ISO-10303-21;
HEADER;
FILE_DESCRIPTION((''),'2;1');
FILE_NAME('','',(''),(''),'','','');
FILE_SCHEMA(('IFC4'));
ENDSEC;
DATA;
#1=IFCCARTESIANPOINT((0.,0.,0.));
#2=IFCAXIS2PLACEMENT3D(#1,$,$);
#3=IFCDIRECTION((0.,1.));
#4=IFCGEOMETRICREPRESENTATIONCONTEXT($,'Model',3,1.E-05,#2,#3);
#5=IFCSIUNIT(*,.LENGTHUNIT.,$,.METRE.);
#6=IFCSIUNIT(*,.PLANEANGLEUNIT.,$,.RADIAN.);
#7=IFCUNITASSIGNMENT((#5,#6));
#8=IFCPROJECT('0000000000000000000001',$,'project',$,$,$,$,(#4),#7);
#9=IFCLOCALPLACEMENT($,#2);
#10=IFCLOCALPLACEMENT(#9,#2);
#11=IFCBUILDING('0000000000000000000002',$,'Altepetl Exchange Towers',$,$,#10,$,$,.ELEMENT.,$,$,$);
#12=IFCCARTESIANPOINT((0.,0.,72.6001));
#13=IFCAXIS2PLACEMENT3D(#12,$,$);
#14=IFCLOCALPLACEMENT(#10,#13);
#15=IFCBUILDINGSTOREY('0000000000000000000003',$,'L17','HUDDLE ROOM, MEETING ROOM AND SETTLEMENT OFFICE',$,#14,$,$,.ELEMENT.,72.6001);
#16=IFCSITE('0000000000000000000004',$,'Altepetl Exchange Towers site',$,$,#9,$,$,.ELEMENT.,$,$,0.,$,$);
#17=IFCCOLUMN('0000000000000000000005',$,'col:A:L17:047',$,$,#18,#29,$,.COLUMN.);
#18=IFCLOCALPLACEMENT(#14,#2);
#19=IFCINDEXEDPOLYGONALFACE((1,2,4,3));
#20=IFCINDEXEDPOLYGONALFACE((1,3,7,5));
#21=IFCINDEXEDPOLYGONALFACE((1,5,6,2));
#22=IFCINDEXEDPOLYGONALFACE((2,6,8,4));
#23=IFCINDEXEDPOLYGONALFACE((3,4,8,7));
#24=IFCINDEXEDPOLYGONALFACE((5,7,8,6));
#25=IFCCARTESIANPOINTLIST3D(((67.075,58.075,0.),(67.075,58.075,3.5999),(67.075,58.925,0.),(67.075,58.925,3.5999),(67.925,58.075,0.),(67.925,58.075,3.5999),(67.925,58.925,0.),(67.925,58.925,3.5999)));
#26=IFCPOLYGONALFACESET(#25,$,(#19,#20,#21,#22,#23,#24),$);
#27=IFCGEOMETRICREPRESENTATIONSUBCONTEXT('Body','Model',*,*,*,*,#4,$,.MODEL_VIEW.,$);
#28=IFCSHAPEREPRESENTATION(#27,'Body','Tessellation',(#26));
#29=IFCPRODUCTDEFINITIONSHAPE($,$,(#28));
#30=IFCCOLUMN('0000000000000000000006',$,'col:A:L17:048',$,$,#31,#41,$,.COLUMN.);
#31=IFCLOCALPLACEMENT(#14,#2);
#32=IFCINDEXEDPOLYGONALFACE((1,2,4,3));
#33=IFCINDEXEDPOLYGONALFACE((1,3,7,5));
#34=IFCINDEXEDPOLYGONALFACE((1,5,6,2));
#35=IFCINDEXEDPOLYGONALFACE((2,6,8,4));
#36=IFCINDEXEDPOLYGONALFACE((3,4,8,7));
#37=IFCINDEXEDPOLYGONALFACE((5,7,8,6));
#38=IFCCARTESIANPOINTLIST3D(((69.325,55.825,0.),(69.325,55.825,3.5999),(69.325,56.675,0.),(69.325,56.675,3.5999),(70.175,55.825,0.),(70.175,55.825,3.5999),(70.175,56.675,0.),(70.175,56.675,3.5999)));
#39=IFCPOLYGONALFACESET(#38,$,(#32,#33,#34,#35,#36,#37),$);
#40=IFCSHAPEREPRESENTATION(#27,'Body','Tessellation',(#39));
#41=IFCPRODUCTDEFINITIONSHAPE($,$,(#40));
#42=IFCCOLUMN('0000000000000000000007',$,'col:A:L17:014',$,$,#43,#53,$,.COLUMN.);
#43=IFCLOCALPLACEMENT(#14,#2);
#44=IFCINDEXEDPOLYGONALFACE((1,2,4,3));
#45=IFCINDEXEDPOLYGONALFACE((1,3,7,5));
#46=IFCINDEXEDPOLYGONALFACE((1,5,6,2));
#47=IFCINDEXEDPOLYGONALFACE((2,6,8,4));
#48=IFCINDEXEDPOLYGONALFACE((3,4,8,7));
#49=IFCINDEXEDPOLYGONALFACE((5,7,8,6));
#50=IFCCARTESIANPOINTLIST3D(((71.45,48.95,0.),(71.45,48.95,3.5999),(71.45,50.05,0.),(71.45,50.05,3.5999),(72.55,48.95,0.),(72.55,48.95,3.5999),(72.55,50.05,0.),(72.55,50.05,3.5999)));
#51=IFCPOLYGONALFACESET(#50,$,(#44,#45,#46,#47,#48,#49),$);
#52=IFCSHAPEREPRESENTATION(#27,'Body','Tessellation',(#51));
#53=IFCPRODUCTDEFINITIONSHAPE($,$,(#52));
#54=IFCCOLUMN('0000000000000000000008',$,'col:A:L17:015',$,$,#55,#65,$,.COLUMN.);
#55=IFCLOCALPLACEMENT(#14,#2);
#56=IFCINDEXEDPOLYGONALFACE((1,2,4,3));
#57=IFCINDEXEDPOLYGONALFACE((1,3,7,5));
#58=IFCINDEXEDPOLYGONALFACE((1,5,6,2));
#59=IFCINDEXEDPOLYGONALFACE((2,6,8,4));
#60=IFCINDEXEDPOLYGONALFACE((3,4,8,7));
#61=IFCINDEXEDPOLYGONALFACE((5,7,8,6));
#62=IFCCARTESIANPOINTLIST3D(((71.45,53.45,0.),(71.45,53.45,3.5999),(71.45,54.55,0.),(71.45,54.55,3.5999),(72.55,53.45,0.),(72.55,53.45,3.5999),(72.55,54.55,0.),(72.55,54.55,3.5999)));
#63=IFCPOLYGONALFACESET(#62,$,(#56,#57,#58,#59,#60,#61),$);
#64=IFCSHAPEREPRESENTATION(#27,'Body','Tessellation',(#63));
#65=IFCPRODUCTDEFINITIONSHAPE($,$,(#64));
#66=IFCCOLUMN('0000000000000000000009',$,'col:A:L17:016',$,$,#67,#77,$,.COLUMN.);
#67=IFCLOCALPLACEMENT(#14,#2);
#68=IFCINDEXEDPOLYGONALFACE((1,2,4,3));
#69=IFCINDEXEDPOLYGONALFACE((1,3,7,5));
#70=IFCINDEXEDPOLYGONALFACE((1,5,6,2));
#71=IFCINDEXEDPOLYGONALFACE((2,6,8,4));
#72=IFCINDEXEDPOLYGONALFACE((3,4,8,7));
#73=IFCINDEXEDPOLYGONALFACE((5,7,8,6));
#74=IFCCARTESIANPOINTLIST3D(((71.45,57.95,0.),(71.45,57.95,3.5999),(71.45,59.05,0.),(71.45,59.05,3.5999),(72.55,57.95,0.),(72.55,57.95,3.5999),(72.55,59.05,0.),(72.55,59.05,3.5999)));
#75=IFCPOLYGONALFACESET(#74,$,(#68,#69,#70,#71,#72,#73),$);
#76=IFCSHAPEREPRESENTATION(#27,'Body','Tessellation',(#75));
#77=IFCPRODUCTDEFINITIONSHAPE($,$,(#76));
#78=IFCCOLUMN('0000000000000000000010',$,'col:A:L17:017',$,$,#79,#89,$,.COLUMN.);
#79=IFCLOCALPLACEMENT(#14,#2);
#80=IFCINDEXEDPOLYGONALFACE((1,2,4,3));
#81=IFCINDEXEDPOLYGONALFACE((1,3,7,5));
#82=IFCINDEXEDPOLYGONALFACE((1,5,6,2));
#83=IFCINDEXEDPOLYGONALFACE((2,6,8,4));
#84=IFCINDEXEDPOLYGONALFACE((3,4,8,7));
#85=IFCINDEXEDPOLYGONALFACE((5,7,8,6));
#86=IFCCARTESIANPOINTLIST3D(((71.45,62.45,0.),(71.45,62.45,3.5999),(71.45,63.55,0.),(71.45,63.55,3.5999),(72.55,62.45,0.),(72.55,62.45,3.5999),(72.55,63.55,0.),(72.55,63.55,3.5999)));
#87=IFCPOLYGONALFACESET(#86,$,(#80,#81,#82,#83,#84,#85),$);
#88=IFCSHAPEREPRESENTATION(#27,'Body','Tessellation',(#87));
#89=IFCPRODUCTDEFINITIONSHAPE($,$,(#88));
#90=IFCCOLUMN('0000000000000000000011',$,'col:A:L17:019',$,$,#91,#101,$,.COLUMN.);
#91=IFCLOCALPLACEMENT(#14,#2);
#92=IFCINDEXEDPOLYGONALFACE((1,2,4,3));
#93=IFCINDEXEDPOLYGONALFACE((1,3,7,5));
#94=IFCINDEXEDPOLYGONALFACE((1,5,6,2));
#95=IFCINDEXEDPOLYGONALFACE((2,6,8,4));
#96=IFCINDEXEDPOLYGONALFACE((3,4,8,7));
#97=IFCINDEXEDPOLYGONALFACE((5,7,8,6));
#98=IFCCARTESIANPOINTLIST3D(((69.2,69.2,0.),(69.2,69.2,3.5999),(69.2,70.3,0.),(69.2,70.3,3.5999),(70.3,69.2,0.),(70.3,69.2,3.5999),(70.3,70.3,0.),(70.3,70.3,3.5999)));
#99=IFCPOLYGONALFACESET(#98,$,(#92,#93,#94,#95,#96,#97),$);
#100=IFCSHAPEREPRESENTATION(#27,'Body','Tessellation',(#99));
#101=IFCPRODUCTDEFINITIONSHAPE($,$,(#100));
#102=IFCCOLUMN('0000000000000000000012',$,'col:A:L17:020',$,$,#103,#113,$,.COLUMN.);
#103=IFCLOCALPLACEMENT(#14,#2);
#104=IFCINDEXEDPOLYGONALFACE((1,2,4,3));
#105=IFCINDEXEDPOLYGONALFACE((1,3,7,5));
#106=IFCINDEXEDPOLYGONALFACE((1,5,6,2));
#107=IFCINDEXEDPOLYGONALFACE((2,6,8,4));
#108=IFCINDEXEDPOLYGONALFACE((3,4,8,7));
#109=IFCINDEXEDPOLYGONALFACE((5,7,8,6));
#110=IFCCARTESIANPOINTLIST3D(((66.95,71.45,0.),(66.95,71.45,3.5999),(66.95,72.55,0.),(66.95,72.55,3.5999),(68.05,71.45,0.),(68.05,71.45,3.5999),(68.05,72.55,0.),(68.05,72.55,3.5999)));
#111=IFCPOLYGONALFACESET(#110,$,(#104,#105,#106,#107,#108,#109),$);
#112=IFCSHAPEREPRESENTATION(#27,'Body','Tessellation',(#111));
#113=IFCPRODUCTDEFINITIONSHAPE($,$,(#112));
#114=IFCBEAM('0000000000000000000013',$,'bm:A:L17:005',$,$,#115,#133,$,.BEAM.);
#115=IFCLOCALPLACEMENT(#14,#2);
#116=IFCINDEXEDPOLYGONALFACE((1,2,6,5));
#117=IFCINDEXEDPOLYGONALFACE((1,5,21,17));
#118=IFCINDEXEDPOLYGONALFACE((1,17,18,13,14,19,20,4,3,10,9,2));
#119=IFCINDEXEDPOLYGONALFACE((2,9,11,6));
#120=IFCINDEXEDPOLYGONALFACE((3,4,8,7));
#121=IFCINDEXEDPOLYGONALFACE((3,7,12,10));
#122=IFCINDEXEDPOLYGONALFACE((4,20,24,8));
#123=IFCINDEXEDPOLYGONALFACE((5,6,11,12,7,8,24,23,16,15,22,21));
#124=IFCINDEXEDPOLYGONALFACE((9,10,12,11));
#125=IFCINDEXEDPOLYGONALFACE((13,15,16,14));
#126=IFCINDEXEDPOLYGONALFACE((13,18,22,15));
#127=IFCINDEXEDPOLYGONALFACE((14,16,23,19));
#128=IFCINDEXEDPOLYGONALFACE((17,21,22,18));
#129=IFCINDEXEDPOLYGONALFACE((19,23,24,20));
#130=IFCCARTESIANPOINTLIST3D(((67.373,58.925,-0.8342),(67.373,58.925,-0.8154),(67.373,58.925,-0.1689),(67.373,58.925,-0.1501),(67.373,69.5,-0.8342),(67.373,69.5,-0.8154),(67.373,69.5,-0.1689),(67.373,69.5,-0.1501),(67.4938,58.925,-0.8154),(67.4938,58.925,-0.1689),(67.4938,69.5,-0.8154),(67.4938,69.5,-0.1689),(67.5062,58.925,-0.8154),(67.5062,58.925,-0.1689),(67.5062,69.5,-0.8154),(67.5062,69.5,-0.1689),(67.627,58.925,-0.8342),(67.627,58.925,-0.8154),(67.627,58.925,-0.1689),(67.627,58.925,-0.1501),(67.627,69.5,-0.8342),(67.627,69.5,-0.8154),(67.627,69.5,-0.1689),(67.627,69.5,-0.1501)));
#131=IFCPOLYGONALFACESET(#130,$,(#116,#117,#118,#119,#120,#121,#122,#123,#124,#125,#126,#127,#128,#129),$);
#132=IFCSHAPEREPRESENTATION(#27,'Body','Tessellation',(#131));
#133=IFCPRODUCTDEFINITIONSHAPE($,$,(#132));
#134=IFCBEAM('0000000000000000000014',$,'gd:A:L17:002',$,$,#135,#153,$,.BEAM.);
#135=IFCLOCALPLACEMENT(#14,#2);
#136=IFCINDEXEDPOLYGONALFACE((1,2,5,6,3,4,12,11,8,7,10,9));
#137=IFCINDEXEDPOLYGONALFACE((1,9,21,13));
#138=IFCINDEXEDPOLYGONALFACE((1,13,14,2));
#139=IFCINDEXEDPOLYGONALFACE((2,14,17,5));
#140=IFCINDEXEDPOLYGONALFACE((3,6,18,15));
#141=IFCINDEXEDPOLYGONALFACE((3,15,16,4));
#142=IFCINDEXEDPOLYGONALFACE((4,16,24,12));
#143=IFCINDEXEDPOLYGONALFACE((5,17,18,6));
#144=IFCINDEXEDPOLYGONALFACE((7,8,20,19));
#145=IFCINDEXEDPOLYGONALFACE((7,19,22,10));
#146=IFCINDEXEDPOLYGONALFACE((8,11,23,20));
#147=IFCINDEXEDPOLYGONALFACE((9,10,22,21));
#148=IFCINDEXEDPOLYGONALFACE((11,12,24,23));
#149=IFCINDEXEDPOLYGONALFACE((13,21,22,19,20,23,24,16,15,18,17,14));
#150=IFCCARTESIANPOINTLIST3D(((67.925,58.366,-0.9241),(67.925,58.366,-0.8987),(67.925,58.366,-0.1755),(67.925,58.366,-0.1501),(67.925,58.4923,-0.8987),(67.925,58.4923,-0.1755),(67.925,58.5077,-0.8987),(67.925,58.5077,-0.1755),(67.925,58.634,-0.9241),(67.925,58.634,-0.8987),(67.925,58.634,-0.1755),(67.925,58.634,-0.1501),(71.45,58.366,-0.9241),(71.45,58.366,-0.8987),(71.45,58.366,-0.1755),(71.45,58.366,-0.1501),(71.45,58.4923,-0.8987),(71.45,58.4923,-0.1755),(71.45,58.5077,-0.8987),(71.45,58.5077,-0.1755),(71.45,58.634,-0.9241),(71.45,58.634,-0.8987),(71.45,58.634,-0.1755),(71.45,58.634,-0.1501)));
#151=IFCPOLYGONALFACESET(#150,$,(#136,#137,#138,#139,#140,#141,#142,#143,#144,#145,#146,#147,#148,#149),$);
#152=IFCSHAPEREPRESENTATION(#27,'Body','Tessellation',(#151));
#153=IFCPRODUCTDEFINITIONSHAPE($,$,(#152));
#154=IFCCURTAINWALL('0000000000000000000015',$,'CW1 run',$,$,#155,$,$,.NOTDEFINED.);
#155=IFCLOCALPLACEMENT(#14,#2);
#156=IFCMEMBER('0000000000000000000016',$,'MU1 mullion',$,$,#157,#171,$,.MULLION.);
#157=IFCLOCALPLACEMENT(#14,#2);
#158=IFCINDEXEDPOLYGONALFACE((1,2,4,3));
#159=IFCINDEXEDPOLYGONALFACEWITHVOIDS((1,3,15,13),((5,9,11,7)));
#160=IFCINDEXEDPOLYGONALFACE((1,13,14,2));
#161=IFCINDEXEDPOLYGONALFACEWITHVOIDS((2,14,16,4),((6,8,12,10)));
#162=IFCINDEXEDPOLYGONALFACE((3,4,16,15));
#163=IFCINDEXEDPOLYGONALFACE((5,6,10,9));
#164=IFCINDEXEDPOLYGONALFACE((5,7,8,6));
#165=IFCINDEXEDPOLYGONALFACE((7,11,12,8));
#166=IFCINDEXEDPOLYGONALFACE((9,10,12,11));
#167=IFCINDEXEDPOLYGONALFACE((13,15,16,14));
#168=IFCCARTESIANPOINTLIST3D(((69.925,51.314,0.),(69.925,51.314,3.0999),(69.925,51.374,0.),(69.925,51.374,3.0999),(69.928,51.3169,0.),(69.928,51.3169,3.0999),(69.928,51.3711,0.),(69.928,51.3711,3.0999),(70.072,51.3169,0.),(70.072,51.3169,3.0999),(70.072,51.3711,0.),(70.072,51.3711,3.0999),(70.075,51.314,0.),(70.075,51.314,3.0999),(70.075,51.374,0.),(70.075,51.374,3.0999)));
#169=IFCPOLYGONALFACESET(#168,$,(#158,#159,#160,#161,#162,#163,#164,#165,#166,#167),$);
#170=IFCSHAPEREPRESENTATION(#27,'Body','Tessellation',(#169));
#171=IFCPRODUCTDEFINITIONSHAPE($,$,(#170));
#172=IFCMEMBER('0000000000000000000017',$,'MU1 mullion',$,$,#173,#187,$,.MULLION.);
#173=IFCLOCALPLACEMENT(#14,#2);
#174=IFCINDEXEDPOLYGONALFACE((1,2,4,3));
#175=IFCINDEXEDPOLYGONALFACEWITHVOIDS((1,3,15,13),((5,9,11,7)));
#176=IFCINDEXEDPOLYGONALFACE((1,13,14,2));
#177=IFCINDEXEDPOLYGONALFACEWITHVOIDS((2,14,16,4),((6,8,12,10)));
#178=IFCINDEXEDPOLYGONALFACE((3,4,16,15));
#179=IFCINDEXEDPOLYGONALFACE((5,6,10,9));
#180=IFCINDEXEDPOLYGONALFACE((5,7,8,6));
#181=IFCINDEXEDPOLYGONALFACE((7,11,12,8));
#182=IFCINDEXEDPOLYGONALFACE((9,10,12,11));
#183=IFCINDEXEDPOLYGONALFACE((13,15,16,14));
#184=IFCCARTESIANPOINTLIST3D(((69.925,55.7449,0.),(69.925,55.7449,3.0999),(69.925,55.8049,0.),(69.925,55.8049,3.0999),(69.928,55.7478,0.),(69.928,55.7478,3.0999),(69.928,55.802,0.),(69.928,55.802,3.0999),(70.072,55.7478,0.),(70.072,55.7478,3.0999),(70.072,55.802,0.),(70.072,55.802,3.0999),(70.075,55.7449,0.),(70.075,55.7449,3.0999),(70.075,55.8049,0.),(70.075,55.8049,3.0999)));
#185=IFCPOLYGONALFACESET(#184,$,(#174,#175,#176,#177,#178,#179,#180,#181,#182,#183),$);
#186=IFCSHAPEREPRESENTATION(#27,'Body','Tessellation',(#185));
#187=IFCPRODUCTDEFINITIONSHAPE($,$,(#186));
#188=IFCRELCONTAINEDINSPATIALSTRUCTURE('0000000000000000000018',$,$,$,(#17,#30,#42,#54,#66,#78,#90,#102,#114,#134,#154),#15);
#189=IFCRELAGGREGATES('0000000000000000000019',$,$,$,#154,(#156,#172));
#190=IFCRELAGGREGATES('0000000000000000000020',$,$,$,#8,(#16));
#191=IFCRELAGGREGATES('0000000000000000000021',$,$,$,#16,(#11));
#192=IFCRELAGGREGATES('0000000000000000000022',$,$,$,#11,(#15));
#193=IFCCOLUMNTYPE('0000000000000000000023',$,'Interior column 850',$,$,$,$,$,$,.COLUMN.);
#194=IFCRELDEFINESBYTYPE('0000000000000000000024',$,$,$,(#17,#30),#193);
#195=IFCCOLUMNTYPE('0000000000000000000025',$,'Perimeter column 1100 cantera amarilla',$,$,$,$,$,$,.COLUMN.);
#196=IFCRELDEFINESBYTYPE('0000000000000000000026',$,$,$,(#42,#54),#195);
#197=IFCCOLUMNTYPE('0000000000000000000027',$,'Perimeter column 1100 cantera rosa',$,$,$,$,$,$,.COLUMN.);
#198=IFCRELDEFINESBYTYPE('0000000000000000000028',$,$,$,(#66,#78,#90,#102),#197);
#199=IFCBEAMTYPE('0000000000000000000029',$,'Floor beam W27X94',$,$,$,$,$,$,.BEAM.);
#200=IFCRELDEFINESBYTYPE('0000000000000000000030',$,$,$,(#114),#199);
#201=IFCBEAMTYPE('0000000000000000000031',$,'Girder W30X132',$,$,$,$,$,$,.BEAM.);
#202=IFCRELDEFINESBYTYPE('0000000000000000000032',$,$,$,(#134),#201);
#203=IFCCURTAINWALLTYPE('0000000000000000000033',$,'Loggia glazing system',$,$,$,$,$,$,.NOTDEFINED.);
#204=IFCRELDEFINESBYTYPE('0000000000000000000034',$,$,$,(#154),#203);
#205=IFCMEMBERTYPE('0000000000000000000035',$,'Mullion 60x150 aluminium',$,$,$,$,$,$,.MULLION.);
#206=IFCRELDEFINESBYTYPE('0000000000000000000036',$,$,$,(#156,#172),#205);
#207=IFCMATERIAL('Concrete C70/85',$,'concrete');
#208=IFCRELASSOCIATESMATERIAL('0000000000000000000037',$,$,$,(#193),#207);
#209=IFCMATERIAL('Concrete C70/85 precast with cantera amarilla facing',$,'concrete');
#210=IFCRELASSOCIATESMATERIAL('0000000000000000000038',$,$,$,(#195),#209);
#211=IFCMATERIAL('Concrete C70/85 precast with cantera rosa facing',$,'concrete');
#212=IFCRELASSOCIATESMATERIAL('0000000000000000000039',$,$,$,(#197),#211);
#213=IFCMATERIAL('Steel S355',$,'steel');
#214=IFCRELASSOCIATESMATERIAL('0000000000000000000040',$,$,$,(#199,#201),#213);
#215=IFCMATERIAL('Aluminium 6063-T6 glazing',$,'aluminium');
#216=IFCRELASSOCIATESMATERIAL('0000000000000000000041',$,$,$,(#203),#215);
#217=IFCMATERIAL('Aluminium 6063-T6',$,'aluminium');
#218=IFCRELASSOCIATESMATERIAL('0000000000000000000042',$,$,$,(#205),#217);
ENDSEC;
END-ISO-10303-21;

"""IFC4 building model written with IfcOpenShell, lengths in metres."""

from ifc_helpers import new_model, si_unit, direction, frame, origin, origin_2d, place, context, subcontext, project, spatial, rectangle, hollow_rectangle, i_section, extrude, material, material_profile, profile_set, type_object, element, aggregate, save


model = new_model("IFC4")

# Units and contexts
model_context = context("Model", 3, precision=1e-05, world=origin(), true_north=direction((0.0, 1.0)))
body_context = subcontext(model_context, "Body", "Model", "MODEL_VIEW")
ifc_project = project(units=[si_unit("LENGTHUNIT", "METRE"), si_unit("PLANEANGLEUNIT", "RADIAN")], contexts=[model_context])

# Site, building, storey
site_placement = place(None, origin())
site = spatial("IfcSite", under=ifc_project, at=site_placement, Name="Altepetl Exchange Towers site", CompositionType="ELEMENT", RefElevation=0.0)
building_placement = place(site_placement, origin())
building = spatial("IfcBuilding", under=site, at=building_placement, Name="Altepetl Exchange Towers", CompositionType="ELEMENT")
storey_placement = place(building_placement, frame((0.0, 0.0, 72.6001)))
storey = spatial("IfcBuildingStorey", under=building, at=storey_placement, Name="L17", Description="HUDDLE ROOM, MEETING ROOM AND SETTLEMENT OFFICE", CompositionType="ELEMENT", Elevation=72.6001)

# Columns
ifc_material_1 = material(Name="Concrete C70/85", Category="concrete")
ifc_material_profile_1 = material_profile(ifc_material_1, rectangle(XDim=0.8501, YDim=0.8501, at=origin_2d()), Name="850 x 850")
ifc_profile_set_1 = profile_set([ifc_material_profile_1], Name="Concrete C70/85")
column_type_1 = type_object("IfcColumnType", Name="Interior column 850", PredefinedType="COLUMN", material=ifc_profile_set_1)
for number, where, name in (
    (1, (67.5, 58.5, 0.0), "col:A:L17:047"),
    (2, (69.75, 56.25, 0.0), "col:A:L17:048"),
):
    element("IfcColumn", number, at=place(storey_placement, frame(where)), inside=storey, type_object=column_type_1, Name=name, PredefinedType="COLUMN", context=body_context, shape_type="SweptSolid", body=[
        extrude(rectangle(XDim=0.8501, YDim=0.8501, at=origin_2d()), origin(), (0.0, 0.0, 1.0), 3.5999),
    ])
ifc_material_2 = material(Name="Concrete C70/85 precast with cantera amarilla facing", Category="concrete")
ifc_material_profile_2 = material_profile(ifc_material_2, rectangle(XDim=1.1001, YDim=1.1001, at=origin_2d()), Name="1100 x 1100")
ifc_profile_set_2 = profile_set([ifc_material_profile_2], Name="Concrete C70/85 precast with cantera amarilla facing")
column_type_2 = type_object("IfcColumnType", Name="Perimeter column 1100 cantera amarilla", PredefinedType="COLUMN", material=ifc_profile_set_2)
for number, where, name in (
    (3, (72.0, 49.5, 0.0), "col:A:L17:014"),
    (4, (72.0, 54.0, 0.0), "col:A:L17:015"),
):
    element("IfcColumn", number, at=place(storey_placement, frame(where)), inside=storey, type_object=column_type_2, Name=name, PredefinedType="COLUMN", context=body_context, shape_type="SweptSolid", body=[
        extrude(rectangle(XDim=1.1001, YDim=1.1001, at=origin_2d()), origin(), (0.0, 0.0, 1.0), 3.5999),
    ])
ifc_material_3 = material(Name="Concrete C70/85 precast with cantera rosa facing", Category="concrete")
ifc_material_profile_3 = material_profile(ifc_material_3, rectangle(XDim=1.1001, YDim=1.1001, at=origin_2d()), Name="1100 x 1100")
ifc_profile_set_3 = profile_set([ifc_material_profile_3], Name="Concrete C70/85 precast with cantera rosa facing")
column_type_3 = type_object("IfcColumnType", Name="Perimeter column 1100 cantera rosa", PredefinedType="COLUMN", material=ifc_profile_set_3)
for number, where, name in (
    (5, (72.0, 58.5, 0.0), "col:A:L17:016"),
    (6, (72.0, 63.0, 0.0), "col:A:L17:017"),
    (7, (69.75, 69.75, 0.0), "col:A:L17:019"),
    (8, (67.5, 72.0, 0.0), "col:A:L17:020"),
):
    element("IfcColumn", number, at=place(storey_placement, frame(where)), inside=storey, type_object=column_type_3, Name=name, PredefinedType="COLUMN", context=body_context, shape_type="SweptSolid", body=[
        extrude(rectangle(XDim=1.1001, YDim=1.1001, at=origin_2d()), origin(), (0.0, 0.0, 1.0), 3.5999),
    ])

# Beams
ifc_material_4 = material(Name="Steel S355", Category="steel")
ifc_material_profile_4 = material_profile(ifc_material_4, i_section(OverallWidth=0.2539, OverallDepth=0.6841, WebThickness=0.0125, FlangeThickness=0.0188, at=origin_2d()), Name="W27X94")
ifc_profile_set_4 = profile_set([ifc_material_profile_4], Name="Steel S355")
beam_type_1 = type_object("IfcBeamType", Name="Floor beam W27X94", PredefinedType="BEAM", material=ifc_profile_set_4)
beam_1_placement = place(storey_placement, frame((67.5, 58.925, -0.4922), z_axis=(0.0, 1.0, 0.0), x_axis=(-1.0, 0.0, 0.0)))
element("IfcBeam", 9, at=beam_1_placement, inside=storey, type_object=beam_type_1, Name="bm:A:L17:005", PredefinedType="BEAM", context=body_context, shape_type="SweptSolid", body=[
    extrude(i_section(OverallWidth=0.2539, OverallDepth=0.6841, WebThickness=0.0125, FlangeThickness=0.0188, at=origin_2d()), origin(), (0.0, 0.0, 1.0), 10.575),
])
ifc_material_profile_5 = material_profile(ifc_material_4, i_section(OverallWidth=0.2681, OverallDepth=0.7739, WebThickness=0.0154, FlangeThickness=0.0254, at=origin_2d()), Name="W30X132")
ifc_profile_set_5 = profile_set([ifc_material_profile_5], Name="Steel S355")
beam_type_2 = type_object("IfcBeamType", Name="Girder W30X132", PredefinedType="BEAM", material=ifc_profile_set_5)
beam_2_placement = place(storey_placement, frame((67.925, 58.5, -0.5371), z_axis=(1.0, 0.0, 0.0), x_axis=(0.0, 1.0, 0.0)))
element("IfcBeam", 10, at=beam_2_placement, inside=storey, type_object=beam_type_2, Name="gd:A:L17:002", PredefinedType="BEAM", context=body_context, shape_type="SweptSolid", body=[
    extrude(i_section(OverallWidth=0.2681, OverallDepth=0.7739, WebThickness=0.0154, FlangeThickness=0.0254, at=origin_2d()), origin(), (0.0, 0.0, 1.0), 3.5249),
])

# Curtain wall, members
ifc_material_5 = material(Name="Aluminium 6063-T6 glazing", Category="aluminium")
curtain_wall_type = type_object("IfcCurtainWallType", Name="Loggia glazing system", PredefinedType="NOTDEFINED", material=ifc_material_5)
curtain_wall_1_placement = place(storey_placement, origin())
curtain_wall_1 = element("IfcCurtainWall", 11, at=curtain_wall_1_placement, inside=storey, type_object=curtain_wall_type, Name="CW1 run", PredefinedType="NOTDEFINED")
ifc_material_6 = material(Name="Aluminium 6063-T6", Category="aluminium")
ifc_material_profile_6 = material_profile(ifc_material_6, hollow_rectangle(XDim=0.0601, YDim=0.1499, WallThickness=0.0029, at=origin_2d()), Name="Mullion 60x150 aluminium")
ifc_profile_set_6 = profile_set([ifc_material_profile_6], Name="Aluminium 6063-T6")
member_type = type_object("IfcMemberType", Name="Mullion 60x150 aluminium", PredefinedType="MULLION", material=ifc_profile_set_6)
member_1_placement = place(storey_placement, frame((70.0, 51.344, 0.0), z_axis=(0.0, 0.0, 1.0), x_axis=(0.0, 1.0, 0.0)))
member_1 = element("IfcMember", 12, at=member_1_placement, type_object=member_type, Name="MU1 mullion", PredefinedType="MULLION", context=body_context, shape_type="SweptSolid", body=[
    extrude(hollow_rectangle(XDim=0.0601, YDim=0.1499, WallThickness=0.0029, at=origin_2d()), origin(), (0.0, 0.0, 1.0), 3.0999),
])
member_2_placement = place(storey_placement, frame((70.0, 55.7749, 0.0), z_axis=(0.0, 0.0, 1.0), x_axis=(0.0, 1.0, 0.0)))
member_2 = element("IfcMember", 13, at=member_2_placement, type_object=member_type, Name="MU1 mullion", PredefinedType="MULLION", context=body_context, shape_type="SweptSolid", body=[
    extrude(hollow_rectangle(XDim=0.0601, YDim=0.1499, WallThickness=0.0029, at=origin_2d()), origin(), (0.0, 0.0, 1.0), 3.0999),
])

aggregate(curtain_wall_1, [member_1, member_2])

save(model, "model.ifc")
